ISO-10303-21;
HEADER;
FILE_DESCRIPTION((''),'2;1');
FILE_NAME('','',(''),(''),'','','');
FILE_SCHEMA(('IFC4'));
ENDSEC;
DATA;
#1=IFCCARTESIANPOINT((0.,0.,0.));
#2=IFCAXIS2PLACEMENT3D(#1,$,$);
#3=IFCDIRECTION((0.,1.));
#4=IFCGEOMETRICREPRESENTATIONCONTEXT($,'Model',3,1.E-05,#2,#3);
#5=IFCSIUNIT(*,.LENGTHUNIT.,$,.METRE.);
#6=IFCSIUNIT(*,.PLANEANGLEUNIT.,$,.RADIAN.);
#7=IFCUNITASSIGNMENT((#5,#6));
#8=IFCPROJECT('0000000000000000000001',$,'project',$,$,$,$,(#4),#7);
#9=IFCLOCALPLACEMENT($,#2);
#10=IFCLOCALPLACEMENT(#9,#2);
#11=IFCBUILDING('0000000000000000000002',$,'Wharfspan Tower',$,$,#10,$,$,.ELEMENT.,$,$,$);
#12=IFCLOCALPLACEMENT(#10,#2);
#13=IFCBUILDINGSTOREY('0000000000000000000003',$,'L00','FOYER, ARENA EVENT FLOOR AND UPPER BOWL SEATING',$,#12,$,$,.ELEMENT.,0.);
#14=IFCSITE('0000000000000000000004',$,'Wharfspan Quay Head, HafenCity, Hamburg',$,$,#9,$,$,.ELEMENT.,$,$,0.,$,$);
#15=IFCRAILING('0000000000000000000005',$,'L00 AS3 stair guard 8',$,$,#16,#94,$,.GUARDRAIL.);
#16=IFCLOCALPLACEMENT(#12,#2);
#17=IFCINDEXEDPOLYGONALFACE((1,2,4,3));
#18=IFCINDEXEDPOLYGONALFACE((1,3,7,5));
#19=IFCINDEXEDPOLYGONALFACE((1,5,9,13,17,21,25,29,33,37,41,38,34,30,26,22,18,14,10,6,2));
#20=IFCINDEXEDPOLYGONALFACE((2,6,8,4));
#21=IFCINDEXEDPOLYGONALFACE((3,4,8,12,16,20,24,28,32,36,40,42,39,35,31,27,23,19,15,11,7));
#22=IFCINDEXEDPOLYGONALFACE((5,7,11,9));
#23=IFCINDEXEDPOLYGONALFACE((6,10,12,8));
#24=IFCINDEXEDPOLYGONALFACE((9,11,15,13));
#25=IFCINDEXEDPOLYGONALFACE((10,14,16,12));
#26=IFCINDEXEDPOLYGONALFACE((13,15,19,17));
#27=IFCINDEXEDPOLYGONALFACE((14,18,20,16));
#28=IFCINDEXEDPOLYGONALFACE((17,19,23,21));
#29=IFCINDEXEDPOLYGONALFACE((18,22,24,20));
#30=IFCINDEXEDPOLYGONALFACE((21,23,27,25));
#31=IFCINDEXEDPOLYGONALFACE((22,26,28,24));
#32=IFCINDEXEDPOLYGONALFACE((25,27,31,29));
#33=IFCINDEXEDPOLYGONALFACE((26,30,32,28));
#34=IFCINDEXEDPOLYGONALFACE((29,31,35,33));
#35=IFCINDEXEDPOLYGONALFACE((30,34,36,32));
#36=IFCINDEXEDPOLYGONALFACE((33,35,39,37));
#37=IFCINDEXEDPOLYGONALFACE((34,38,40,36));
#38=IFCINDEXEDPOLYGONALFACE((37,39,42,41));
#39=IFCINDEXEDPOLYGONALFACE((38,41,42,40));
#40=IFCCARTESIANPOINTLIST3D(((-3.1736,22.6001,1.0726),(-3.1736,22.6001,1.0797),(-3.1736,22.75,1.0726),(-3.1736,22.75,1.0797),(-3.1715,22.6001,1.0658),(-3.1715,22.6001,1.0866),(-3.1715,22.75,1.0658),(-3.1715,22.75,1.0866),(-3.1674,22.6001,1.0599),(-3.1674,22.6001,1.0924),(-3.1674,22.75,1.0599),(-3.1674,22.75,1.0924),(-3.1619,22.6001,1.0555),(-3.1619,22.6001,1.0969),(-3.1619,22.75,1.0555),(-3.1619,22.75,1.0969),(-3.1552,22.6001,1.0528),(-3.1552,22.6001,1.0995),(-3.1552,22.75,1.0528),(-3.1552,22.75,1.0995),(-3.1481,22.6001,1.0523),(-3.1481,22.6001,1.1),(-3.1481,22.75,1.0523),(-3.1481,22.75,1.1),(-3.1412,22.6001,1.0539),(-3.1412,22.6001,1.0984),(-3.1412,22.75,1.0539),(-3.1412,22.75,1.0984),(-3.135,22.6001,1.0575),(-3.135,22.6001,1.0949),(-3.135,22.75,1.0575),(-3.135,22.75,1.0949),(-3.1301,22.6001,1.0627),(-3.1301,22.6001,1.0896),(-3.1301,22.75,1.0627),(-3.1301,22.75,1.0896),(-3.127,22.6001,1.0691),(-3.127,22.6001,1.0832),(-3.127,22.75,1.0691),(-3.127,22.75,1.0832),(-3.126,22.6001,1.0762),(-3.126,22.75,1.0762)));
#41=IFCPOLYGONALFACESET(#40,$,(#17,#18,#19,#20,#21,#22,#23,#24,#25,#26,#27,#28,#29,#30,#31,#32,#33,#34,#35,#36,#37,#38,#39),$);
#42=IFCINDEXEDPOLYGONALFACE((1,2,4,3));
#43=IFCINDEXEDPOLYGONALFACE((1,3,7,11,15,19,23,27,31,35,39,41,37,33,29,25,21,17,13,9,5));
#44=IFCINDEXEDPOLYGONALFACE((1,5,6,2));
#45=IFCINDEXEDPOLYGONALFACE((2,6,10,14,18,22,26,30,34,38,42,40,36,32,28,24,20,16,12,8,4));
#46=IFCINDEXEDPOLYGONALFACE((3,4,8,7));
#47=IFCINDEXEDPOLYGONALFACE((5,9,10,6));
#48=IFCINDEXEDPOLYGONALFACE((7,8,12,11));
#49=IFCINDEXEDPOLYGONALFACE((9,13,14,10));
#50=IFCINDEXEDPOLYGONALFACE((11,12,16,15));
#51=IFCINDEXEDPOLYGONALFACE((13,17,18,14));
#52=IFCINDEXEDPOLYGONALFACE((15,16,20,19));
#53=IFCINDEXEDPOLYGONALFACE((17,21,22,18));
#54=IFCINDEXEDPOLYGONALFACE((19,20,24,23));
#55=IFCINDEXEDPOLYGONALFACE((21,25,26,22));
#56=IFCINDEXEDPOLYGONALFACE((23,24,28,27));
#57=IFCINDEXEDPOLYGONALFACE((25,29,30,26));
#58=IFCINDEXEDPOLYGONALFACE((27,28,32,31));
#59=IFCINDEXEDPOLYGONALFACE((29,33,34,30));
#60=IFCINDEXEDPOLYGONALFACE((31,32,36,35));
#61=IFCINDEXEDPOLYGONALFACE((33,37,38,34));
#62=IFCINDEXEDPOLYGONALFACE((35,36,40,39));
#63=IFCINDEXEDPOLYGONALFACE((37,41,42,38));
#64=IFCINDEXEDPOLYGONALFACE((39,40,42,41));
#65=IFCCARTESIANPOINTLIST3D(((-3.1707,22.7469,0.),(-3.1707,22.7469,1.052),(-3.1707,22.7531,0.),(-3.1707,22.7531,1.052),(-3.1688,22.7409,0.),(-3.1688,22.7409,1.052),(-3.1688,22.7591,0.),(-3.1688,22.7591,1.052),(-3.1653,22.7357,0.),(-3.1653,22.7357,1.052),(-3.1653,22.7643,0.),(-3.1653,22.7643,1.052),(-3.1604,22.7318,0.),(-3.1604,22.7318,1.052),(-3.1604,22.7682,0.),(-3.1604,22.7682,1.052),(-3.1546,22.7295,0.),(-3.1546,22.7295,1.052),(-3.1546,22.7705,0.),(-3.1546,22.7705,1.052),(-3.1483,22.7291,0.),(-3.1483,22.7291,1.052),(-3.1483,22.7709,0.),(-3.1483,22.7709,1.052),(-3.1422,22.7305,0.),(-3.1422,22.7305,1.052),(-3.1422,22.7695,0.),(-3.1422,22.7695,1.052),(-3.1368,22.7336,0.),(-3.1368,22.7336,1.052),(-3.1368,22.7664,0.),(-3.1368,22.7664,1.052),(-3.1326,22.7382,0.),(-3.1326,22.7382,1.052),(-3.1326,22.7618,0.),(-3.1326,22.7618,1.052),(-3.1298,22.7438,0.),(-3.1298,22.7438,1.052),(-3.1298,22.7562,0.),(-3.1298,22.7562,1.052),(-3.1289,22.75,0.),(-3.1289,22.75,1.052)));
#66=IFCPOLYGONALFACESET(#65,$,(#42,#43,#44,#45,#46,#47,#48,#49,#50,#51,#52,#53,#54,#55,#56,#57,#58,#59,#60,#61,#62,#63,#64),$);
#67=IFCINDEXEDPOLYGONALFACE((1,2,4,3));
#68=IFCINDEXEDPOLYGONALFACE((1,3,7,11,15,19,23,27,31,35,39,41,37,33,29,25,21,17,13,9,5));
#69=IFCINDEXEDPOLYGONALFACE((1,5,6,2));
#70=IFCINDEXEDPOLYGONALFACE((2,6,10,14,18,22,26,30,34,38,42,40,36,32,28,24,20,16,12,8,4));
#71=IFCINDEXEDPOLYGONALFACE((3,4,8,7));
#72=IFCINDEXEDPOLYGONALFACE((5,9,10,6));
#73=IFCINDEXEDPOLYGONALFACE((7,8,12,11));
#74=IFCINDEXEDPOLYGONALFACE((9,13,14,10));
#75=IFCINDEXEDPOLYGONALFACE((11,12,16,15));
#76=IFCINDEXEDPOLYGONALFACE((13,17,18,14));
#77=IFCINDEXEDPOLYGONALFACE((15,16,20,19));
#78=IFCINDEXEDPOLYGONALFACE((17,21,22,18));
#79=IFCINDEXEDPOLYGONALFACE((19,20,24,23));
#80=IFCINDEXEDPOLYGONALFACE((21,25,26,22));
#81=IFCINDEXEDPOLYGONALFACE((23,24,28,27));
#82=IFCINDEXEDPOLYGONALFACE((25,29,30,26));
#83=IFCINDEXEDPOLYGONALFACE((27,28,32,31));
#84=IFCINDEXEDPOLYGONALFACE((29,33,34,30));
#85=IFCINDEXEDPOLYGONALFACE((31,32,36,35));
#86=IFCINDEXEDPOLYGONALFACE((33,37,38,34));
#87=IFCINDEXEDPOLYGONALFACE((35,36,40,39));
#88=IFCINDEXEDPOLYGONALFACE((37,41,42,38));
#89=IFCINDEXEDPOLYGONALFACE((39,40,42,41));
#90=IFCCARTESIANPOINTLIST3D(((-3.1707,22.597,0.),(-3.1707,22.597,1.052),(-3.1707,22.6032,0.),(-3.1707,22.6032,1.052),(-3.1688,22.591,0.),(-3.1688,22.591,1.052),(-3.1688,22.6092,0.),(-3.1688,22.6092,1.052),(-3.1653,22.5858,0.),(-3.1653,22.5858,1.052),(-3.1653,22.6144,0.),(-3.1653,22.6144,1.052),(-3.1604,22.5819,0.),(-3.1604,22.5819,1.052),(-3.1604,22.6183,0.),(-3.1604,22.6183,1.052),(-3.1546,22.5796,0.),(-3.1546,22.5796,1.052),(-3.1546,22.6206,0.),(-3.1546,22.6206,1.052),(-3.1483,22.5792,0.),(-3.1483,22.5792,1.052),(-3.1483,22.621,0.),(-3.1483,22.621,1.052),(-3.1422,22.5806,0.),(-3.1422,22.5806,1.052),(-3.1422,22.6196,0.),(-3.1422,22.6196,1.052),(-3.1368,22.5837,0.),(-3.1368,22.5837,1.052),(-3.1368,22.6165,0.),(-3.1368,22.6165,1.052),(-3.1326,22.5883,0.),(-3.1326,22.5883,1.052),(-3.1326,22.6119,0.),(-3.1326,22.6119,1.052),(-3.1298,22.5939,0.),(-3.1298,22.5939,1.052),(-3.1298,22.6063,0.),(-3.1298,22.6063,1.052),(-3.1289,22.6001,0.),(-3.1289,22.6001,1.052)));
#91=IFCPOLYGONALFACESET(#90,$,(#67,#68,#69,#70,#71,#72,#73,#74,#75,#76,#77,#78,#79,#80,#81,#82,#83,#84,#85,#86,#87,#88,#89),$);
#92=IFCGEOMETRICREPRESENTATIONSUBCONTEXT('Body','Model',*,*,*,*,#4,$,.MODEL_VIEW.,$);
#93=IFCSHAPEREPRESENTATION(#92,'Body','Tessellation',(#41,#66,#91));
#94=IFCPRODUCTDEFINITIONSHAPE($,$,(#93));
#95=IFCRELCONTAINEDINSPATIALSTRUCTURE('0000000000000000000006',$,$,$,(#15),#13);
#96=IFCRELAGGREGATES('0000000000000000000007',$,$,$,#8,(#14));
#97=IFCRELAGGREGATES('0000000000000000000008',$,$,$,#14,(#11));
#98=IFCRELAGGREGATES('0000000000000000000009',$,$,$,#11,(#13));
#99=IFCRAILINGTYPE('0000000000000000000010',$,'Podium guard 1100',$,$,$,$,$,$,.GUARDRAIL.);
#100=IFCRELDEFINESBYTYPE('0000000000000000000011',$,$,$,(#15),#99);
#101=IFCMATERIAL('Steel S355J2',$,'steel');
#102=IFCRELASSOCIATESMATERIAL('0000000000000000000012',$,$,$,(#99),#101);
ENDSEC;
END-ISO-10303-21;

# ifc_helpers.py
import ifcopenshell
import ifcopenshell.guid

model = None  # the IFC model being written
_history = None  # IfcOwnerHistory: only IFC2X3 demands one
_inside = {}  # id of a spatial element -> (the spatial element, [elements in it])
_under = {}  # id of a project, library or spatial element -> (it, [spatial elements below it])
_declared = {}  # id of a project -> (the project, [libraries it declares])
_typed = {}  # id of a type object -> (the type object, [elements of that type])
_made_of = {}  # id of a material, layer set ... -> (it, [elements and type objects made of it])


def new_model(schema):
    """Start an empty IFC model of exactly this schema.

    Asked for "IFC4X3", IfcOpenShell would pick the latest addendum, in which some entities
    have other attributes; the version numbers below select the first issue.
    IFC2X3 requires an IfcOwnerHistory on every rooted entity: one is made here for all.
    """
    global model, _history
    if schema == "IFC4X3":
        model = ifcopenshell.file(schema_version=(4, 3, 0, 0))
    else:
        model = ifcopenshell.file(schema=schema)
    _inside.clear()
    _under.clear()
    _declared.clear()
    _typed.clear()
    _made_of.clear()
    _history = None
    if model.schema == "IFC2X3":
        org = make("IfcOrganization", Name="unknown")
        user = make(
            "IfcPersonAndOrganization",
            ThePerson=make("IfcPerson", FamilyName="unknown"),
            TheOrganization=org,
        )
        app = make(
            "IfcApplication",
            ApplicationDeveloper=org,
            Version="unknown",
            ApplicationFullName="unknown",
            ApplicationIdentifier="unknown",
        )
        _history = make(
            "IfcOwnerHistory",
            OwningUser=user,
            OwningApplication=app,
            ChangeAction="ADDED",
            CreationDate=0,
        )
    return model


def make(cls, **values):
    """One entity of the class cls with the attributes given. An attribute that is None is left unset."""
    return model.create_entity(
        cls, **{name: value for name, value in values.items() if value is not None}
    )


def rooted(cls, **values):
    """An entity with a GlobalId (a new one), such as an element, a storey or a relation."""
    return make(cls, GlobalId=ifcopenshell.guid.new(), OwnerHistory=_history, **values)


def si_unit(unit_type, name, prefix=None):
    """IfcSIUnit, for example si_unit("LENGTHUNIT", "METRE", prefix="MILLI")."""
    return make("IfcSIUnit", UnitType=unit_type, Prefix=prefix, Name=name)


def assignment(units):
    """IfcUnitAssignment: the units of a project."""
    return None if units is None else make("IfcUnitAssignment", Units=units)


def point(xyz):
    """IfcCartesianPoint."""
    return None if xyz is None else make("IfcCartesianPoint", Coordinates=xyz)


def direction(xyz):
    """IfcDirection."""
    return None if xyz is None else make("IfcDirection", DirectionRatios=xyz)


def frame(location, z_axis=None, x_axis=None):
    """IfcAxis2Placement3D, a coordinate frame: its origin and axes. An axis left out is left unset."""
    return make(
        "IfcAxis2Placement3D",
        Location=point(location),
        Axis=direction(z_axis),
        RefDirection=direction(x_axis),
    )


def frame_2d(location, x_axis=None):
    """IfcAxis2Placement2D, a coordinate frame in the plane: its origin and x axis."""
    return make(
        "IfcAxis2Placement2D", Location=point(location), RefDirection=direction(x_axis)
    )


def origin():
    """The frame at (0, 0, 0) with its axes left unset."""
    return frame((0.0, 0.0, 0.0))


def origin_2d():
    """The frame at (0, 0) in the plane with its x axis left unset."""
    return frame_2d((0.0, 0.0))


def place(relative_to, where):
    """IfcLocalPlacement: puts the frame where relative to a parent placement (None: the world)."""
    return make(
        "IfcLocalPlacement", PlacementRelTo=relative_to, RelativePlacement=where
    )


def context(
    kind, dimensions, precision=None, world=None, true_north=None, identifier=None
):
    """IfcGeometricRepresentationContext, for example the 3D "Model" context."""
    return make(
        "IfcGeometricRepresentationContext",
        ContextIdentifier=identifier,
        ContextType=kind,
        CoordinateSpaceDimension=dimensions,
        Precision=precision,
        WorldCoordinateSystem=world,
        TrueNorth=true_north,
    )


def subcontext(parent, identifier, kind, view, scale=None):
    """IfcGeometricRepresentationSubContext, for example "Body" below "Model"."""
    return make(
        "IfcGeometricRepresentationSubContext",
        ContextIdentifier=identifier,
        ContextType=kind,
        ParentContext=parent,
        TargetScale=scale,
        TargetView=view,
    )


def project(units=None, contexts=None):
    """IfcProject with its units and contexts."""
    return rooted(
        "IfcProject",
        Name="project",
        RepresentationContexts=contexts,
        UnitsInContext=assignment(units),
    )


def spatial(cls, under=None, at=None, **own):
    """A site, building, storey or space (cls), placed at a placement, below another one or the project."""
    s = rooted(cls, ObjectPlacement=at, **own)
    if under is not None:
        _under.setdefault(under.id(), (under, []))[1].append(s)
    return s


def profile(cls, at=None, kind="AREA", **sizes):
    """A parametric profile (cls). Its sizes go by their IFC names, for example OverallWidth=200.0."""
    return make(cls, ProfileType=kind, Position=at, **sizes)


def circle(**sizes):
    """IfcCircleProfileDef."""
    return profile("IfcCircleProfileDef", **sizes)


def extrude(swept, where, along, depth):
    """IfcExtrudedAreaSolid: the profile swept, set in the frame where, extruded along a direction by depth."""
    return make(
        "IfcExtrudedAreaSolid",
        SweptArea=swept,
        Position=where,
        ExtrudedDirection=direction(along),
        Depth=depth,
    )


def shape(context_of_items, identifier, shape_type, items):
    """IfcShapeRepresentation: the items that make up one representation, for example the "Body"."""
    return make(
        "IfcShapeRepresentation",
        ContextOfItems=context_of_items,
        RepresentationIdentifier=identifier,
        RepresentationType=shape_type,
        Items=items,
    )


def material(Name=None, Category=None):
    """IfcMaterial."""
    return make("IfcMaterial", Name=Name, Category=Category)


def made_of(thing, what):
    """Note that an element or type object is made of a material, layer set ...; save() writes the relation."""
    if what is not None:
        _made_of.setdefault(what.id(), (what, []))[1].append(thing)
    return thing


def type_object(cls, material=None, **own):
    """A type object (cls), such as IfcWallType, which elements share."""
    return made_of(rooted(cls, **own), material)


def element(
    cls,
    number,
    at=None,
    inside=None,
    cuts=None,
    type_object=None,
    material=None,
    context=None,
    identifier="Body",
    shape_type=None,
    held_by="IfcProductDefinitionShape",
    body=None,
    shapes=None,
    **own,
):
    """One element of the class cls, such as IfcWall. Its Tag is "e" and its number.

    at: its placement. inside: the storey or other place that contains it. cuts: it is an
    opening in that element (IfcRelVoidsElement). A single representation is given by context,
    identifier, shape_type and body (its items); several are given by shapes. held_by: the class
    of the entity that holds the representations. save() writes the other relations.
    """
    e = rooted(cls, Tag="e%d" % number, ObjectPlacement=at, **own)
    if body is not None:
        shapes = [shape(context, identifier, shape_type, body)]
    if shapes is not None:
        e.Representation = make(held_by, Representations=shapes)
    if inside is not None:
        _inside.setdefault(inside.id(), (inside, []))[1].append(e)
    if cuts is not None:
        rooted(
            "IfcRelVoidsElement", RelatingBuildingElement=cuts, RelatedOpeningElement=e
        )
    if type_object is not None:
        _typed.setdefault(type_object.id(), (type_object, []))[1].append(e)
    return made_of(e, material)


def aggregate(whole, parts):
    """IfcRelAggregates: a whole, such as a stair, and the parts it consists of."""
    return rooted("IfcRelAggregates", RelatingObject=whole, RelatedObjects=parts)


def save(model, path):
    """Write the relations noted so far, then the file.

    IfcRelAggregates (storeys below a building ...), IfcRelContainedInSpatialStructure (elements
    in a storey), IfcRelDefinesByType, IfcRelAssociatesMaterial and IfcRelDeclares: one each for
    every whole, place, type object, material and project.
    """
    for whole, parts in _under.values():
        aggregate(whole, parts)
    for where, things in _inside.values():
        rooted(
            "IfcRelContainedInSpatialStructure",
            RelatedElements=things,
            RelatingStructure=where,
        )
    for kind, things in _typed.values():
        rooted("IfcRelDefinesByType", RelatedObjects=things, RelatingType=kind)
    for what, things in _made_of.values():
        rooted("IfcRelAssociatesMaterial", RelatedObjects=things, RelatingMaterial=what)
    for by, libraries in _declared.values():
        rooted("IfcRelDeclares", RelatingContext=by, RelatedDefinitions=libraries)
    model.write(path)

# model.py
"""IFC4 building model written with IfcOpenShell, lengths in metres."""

from ifc_helpers import new_model, si_unit, direction, frame, origin, origin_2d, place, context, subcontext, project, spatial, circle, extrude, material, type_object, element, save


model = new_model("IFC4")

# Units and contexts
model_context = context("Model", 3, precision=1e-05, world=origin(), true_north=direction((0.0, 1.0)))
body_context = subcontext(model_context, "Body", "Model", "MODEL_VIEW")
ifc_project = project(units=[si_unit("LENGTHUNIT", "METRE"), si_unit("PLANEANGLEUNIT", "RADIAN")], contexts=[model_context])

# Site, building, storey
site_placement = place(None, origin())
site = spatial("IfcSite", under=ifc_project, at=site_placement, Name="Wharfspan Quay Head, HafenCity, Hamburg", CompositionType="ELEMENT", RefElevation=0.0)
building_placement = place(site_placement, origin())
building = spatial("IfcBuilding", under=site, at=building_placement, Name="Wharfspan Tower", CompositionType="ELEMENT")
storey_placement = place(building_placement, origin())
storey = spatial("IfcBuildingStorey", under=building, at=storey_placement, Name="L00", Description="FOYER, ARENA EVENT FLOOR AND UPPER BOWL SEATING", CompositionType="ELEMENT", Elevation=0.0)

# Shared definitions
ifc_material_1 = material(Name="Steel S355J2", Category="steel")

# Railing
railing_type_1 = type_object("IfcRailingType", Name="Podium guard 1100", PredefinedType="GUARDRAIL", material=ifc_material_1)
railing_1_placement = place(storey_placement, frame((-3.1499, 22.75, 0.0)))
element("IfcRailing", 1, at=railing_1_placement, inside=storey, type_object=railing_type_1, Name="L00 AS3 stair guard 8", PredefinedType="GUARDRAIL", context=body_context, shape_type="SweptSolid", body=[
    extrude(circle(Radius=0.0239, at=origin_2d()), frame((0.0, 0.0, 1.0762), z_axis=(0.0, -1.0, 0.0), x_axis=(1.0, 0.0, 0.0)), (0.0, 0.0, 1.0), 0.1499),
    extrude(circle(Radius=0.021, at=origin_2d()), origin(), (0.0, 0.0, 1.0), 1.052),
    extrude(circle(Radius=0.021, at=origin_2d()), frame((0.0, -0.1499, 0.0)), (0.0, 0.0, 1.0), 1.052),
])

save(model, "model.ifc")
